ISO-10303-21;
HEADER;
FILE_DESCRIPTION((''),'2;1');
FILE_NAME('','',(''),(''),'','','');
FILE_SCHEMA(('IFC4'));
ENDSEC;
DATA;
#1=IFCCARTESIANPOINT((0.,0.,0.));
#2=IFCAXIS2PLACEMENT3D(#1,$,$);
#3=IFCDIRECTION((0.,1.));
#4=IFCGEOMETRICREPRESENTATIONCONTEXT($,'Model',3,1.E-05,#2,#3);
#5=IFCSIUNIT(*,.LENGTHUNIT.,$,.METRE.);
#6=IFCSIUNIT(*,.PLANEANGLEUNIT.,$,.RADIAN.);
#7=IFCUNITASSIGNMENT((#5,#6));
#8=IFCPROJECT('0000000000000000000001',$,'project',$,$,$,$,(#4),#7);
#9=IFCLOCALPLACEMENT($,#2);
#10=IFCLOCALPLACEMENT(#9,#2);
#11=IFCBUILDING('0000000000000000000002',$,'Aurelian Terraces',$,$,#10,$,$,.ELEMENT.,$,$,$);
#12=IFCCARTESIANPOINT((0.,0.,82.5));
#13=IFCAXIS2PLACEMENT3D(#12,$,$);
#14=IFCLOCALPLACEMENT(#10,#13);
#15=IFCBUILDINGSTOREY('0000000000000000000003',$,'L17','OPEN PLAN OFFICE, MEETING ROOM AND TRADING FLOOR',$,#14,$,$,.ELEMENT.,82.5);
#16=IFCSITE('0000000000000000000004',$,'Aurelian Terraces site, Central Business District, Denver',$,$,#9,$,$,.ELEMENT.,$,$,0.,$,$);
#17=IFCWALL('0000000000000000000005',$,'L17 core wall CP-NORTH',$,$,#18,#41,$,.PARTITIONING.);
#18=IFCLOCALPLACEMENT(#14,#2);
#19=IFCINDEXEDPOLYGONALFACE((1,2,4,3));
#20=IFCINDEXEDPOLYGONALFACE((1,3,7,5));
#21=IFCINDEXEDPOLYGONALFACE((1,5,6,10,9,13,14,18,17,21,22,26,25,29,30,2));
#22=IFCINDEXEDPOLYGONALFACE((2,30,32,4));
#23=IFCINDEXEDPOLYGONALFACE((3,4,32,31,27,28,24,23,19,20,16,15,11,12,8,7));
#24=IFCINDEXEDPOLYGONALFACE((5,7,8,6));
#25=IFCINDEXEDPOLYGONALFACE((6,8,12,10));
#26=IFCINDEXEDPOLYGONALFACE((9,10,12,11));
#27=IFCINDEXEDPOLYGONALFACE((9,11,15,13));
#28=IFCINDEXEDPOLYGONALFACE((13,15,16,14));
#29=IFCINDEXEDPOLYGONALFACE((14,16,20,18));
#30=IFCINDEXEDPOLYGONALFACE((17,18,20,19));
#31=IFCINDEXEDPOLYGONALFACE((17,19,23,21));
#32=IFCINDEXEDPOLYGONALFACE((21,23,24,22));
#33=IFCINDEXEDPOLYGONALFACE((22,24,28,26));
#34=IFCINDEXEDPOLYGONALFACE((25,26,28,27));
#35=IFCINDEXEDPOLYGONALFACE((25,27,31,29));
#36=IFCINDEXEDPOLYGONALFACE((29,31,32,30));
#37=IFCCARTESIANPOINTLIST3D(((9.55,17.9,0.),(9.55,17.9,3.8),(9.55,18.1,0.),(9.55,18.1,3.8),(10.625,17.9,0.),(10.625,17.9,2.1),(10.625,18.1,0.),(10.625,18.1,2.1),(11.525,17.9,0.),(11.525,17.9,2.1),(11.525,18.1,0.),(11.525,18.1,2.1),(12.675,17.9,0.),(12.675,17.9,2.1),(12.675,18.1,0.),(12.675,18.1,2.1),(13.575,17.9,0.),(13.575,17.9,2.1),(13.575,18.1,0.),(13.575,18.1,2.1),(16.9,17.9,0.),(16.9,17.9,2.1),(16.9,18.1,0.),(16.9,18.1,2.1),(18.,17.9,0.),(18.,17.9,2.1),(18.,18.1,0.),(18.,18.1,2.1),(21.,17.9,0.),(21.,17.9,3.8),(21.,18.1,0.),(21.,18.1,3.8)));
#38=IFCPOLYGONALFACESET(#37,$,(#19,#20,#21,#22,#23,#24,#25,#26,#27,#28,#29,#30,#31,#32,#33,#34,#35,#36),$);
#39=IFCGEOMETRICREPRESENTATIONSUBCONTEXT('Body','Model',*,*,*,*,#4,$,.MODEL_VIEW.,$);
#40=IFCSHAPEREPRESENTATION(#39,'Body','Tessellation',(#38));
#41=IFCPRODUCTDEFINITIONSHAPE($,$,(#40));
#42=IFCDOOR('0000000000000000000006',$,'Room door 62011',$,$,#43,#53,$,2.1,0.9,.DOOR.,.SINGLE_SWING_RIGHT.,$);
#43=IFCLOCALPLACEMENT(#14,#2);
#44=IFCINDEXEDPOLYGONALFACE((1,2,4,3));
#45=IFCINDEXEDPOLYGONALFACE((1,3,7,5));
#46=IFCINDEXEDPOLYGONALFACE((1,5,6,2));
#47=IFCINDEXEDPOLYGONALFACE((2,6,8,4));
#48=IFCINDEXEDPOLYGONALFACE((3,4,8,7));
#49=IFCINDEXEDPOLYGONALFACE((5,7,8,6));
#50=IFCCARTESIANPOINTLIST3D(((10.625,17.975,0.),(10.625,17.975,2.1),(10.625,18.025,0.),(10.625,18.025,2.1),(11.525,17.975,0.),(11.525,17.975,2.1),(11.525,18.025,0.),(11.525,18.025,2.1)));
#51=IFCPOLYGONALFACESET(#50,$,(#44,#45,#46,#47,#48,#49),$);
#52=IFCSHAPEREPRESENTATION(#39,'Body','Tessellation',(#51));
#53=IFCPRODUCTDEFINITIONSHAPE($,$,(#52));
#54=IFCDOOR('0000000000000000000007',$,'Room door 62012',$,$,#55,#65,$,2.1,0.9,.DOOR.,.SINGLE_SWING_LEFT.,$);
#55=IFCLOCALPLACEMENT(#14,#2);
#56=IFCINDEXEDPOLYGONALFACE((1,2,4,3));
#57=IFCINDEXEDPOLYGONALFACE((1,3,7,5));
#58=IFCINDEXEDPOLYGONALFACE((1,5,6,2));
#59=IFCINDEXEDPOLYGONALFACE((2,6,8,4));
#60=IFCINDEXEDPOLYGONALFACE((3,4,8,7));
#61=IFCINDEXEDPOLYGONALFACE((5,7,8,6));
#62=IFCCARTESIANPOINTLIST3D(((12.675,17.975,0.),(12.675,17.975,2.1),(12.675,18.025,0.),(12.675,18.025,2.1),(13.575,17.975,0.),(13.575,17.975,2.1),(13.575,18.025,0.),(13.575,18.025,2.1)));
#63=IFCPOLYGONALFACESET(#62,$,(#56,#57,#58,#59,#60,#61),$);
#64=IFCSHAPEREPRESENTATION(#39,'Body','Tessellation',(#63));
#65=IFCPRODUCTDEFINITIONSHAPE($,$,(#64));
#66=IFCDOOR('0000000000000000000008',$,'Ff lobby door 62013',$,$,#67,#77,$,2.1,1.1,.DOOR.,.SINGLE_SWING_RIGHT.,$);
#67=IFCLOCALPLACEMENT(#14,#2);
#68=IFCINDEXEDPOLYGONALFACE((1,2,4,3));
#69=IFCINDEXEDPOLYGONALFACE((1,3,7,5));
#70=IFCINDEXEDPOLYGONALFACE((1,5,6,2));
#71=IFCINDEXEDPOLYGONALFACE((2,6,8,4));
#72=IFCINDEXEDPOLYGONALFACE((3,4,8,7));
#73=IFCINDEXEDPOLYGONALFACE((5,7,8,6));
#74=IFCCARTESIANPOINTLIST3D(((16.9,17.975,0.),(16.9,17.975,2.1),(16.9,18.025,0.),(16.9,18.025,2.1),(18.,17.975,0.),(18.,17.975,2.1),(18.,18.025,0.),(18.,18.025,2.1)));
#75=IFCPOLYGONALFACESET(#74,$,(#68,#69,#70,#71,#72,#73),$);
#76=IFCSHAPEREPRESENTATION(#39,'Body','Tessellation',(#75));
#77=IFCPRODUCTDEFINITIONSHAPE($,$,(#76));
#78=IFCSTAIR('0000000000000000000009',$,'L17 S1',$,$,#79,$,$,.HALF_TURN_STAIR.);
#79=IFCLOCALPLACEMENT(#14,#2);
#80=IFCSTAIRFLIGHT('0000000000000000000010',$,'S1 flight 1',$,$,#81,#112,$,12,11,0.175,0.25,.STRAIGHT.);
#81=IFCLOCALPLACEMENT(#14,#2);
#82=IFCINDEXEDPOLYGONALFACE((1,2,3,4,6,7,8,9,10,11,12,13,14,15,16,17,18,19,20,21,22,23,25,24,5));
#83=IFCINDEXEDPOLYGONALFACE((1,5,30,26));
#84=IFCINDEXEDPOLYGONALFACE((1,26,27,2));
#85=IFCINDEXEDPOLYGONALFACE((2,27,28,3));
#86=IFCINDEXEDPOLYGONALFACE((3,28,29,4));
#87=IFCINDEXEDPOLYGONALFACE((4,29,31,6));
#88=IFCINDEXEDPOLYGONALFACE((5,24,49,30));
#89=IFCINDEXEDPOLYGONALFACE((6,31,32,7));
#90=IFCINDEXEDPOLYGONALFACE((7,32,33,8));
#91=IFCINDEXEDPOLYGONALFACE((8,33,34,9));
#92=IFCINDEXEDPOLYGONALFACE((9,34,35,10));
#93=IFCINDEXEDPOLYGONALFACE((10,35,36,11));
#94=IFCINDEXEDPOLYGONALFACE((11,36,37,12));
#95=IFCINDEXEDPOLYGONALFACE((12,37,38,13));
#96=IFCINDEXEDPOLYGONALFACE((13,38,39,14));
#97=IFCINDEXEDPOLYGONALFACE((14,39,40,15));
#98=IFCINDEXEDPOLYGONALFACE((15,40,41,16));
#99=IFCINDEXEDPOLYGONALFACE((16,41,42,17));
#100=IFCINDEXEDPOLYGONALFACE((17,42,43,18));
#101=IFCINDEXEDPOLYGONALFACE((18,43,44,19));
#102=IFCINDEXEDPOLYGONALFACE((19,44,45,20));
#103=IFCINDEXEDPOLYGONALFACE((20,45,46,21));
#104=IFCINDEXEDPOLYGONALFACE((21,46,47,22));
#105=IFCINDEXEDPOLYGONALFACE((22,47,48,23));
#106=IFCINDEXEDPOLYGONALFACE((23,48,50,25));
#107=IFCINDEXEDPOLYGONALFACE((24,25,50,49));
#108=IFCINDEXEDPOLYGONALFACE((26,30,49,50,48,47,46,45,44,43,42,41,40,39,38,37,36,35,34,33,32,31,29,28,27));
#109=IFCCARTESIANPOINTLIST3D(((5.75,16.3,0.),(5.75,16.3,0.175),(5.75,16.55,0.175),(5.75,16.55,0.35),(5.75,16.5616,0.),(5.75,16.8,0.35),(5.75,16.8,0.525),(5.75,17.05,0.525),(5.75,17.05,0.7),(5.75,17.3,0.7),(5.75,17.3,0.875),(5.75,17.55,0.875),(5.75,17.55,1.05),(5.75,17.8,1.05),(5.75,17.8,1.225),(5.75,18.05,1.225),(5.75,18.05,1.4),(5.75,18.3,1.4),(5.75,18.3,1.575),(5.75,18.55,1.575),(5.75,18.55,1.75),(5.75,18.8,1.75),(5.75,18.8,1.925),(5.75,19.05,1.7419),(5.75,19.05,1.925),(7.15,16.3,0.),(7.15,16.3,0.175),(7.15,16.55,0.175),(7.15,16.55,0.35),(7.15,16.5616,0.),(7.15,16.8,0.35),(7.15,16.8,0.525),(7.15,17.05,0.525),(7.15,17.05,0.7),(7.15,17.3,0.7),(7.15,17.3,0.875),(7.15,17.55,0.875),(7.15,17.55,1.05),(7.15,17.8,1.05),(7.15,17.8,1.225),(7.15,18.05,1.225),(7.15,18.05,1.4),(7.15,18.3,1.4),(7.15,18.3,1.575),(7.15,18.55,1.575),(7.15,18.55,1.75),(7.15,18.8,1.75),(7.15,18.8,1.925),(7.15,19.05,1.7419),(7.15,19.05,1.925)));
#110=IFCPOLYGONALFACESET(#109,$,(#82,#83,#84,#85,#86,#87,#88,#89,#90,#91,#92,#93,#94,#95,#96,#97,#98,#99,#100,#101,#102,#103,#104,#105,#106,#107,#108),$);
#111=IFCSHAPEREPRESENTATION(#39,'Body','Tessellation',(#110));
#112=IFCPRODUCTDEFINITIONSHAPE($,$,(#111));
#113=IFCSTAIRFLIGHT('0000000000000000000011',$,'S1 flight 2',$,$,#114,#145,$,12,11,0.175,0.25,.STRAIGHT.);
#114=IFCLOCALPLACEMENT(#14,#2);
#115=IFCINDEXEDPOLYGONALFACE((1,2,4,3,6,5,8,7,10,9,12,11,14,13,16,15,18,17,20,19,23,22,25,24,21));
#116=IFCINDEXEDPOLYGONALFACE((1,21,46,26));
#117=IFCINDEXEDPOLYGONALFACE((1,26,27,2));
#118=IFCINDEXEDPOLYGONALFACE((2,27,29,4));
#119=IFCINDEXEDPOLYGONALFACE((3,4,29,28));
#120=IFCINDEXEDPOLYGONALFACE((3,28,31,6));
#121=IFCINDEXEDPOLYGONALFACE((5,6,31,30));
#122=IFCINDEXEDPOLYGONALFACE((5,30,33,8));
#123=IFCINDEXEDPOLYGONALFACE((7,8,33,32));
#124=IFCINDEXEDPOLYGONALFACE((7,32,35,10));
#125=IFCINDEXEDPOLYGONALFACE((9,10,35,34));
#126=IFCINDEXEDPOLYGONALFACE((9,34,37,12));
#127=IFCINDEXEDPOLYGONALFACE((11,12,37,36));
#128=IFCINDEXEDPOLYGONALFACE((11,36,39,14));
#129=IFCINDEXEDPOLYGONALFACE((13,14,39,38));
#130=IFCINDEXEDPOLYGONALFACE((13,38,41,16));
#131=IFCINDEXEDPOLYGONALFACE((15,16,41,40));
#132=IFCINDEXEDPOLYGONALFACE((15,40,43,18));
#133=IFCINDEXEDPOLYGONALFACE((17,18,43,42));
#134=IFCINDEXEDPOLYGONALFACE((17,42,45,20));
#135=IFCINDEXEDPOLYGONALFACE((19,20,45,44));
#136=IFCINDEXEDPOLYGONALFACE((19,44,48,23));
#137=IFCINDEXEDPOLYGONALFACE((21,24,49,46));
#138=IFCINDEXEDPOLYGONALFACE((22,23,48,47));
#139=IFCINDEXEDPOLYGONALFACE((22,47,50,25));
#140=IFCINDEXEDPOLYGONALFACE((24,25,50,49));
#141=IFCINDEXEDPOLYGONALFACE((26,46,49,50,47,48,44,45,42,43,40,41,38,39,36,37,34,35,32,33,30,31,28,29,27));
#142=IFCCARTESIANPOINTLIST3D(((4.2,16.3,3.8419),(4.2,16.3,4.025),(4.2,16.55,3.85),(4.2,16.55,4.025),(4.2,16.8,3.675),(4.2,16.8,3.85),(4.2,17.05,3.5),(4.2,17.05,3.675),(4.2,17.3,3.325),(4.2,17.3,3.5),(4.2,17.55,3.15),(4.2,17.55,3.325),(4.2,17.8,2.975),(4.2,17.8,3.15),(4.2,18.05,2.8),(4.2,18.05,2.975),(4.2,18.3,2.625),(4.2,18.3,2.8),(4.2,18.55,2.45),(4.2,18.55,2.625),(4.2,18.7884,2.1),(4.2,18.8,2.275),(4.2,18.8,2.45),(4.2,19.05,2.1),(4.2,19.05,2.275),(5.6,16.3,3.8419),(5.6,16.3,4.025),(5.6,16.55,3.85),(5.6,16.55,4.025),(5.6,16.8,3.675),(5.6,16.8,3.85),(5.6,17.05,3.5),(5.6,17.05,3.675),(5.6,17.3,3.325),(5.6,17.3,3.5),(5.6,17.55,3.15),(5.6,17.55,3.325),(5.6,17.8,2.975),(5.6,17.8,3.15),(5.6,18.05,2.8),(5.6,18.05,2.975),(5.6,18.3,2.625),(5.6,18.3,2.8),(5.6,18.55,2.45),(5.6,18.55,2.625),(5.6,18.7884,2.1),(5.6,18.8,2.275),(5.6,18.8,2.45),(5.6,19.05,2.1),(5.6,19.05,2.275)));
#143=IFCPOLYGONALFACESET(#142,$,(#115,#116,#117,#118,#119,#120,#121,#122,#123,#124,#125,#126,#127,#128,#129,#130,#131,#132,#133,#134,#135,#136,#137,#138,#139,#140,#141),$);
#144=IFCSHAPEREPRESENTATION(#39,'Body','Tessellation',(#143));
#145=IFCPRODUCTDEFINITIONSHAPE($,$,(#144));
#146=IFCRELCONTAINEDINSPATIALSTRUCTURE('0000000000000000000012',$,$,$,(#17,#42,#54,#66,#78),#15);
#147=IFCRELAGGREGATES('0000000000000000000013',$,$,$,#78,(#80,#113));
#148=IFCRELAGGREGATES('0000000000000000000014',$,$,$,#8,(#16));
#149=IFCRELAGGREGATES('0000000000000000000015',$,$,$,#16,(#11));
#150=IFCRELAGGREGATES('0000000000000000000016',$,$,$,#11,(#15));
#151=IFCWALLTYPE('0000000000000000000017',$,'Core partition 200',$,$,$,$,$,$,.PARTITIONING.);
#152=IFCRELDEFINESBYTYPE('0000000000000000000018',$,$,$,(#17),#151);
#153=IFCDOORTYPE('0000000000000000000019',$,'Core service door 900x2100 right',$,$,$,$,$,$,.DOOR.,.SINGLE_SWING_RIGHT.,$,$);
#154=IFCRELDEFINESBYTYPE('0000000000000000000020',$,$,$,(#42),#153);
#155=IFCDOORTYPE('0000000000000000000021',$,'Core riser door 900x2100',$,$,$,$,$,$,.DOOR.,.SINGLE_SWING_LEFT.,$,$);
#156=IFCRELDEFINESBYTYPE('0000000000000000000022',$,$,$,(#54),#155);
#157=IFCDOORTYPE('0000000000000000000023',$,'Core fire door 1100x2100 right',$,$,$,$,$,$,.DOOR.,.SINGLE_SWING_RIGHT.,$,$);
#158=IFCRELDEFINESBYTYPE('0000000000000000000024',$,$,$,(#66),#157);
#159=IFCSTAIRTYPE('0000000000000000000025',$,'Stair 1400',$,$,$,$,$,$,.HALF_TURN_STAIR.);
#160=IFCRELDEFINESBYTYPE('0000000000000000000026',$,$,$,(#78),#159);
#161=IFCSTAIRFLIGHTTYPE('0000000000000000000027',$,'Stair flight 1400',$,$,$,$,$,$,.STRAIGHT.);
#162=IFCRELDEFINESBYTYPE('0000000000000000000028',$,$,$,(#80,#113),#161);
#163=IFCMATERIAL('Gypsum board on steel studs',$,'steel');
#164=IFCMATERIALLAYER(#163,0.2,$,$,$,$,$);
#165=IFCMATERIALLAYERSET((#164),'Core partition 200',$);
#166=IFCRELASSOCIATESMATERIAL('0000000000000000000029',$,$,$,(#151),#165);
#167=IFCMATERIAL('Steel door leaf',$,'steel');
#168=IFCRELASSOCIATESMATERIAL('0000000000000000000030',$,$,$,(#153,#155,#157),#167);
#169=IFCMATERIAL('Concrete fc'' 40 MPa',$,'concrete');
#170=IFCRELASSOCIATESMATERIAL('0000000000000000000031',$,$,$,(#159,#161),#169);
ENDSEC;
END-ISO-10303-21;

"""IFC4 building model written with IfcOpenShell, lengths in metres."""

from ifc_helpers import new_model, si_unit, direction, frame, frame_2d, origin, place, context, subcontext, project, spatial, polyline, rectangle, outline, extrude, source, transform, mapped, material, layer, layer_set, type_object, element, fill, aggregate, save


model = new_model("IFC4")

# Units and contexts
model_context = context("Model", 3, precision=1e-05, world=origin(), true_north=direction((0.0, 1.0)))
body_context = subcontext(model_context, "Body", "Model", "MODEL_VIEW")
ifc_project = project(units=[si_unit("LENGTHUNIT", "METRE"), si_unit("PLANEANGLEUNIT", "RADIAN")], contexts=[model_context])

# Site, building, storey
site_placement = place(None, origin())
site = spatial("IfcSite", under=ifc_project, at=site_placement, Name="Aurelian Terraces site, Central Business District, Denver", CompositionType="ELEMENT", RefElevation=0.0)
building_placement = place(site_placement, origin())
building = spatial("IfcBuilding", under=site, at=building_placement, Name="Aurelian Terraces", CompositionType="ELEMENT")
storey_placement = place(building_placement, frame((0.0, 0.0, 82.5)))
storey = spatial("IfcBuildingStorey", under=building, at=storey_placement, Name="L17", Description="OPEN PLAN OFFICE, MEETING ROOM AND TRADING FLOOR", CompositionType="ELEMENT", Elevation=82.5)

# Shared definitions
ifc_material_1 = material(Name="Steel door leaf", Category="steel")

# Shared definitions
ifc_material_2 = material(Name="Concrete fc' 40 MPa", Category="concrete")
ifc_material_3 = material(Name="Gypsum board on steel studs", Category="steel")
ifc_layer_1 = layer(ifc_material_3, 0.2)
ifc_layer_set_1 = layer_set([ifc_layer_1], Name="Core partition 200")
wall_type_1 = type_object("IfcWallType", Name="Core partition 200", PredefinedType="PARTITIONING", material=ifc_layer_set_1)

# Shared definitions
shared_shape_1 = source(origin(), body_context, "Body", "SweptSolid", [
    extrude(rectangle(XDim=1.1, YDim=2.1, at=frame_2d((0.55, 1.05))), frame((0.0, 0.025, 0.0), z_axis=(0.0, -1.0, 0.0), x_axis=(1.0, 0.0, 0.0)), (0.0, 0.0, 1.0), 0.05),
])

# Wall, openings, doors
shared_shape_2 = source(origin(), body_context, "Body", "SweptSolid", [
    extrude(rectangle(XDim=11.45, YDim=0.2, at=frame_2d((5.725, 0.0))), origin(), (0.0, 0.0, 1.0), 3.8),
])
wall_1_placement = place(storey_placement, frame((9.55, 18.0, 0.0), z_axis=(0.0, 0.0, 1.0), x_axis=(1.0, 0.0, 0.0)))
wall_1 = element("IfcWall", 1, at=wall_1_placement, inside=storey, type_object=wall_type_1, Name="L17 core wall CP-NORTH", PredefinedType="PARTITIONING", context=body_context, shape_type="MappedRepresentation", body=[
    mapped(shared_shape_2, transform((0.0, 0.0, 0.0), scale=1.0)),
])
shared_shape_3 = source(origin(), body_context, "Body", "SweptSolid", [
    extrude(rectangle(XDim=0.9, YDim=2.1, at=frame_2d((0.45, 1.05))), frame((0.0, 0.11, 0.0), z_axis=(0.0, -1.0, 0.0), x_axis=(1.0, 0.0, 0.0)), (0.0, 0.0, 1.0), 0.22),
])
opening_1_placement = place(wall_1_placement, frame((1.075, 0.0, 0.0)))
opening_1 = element("IfcOpeningElement", 2, at=opening_1_placement, cuts=wall_1, PredefinedType="OPENING", context=body_context, shape_type="MappedRepresentation", body=[
    mapped(shared_shape_3, transform((0.0, 0.0, 0.0), scale=1.0)),
])
opening_2_placement = place(wall_1_placement, frame((3.125, 0.0, 0.0)))
opening_2 = element("IfcOpeningElement", 3, at=opening_2_placement, cuts=wall_1, PredefinedType="OPENING", context=body_context, shape_type="MappedRepresentation", body=[
    mapped(shared_shape_3, transform((0.0, 0.0, 0.0), scale=1.0)),
])
shared_shape_4 = source(origin(), body_context, "Body", "SweptSolid", [
    extrude(rectangle(XDim=1.1, YDim=2.1, at=frame_2d((0.55, 1.05))), frame((0.0, 0.11, 0.0), z_axis=(0.0, -1.0, 0.0), x_axis=(1.0, 0.0, 0.0)), (0.0, 0.0, 1.0), 0.22),
])
opening_3_placement = place(wall_1_placement, frame((7.35, 0.0, 0.0)))
opening_3 = element("IfcOpeningElement", 4, at=opening_3_placement, cuts=wall_1, PredefinedType="OPENING", context=body_context, shape_type="MappedRepresentation", body=[
    mapped(shared_shape_4, transform((0.0, 0.0, 0.0), scale=1.0)),
])
door_type_1 = type_object("IfcDoorType", Name="Core service door 900x2100 right", OperationType="SINGLE_SWING_RIGHT", PredefinedType="DOOR", material=ifc_material_1)
shared_shape_5 = source(origin(), body_context, "Body", "SweptSolid", [
    extrude(rectangle(XDim=0.9, YDim=2.1, at=frame_2d((0.45, 1.05))), frame((0.0, 0.025, 0.0), z_axis=(0.0, -1.0, 0.0), x_axis=(1.0, 0.0, 0.0)), (0.0, 0.0, 1.0), 0.05),
])
door_1_placement = place(opening_1_placement, origin())
door_1 = element("IfcDoor", 5, at=door_1_placement, inside=storey, type_object=door_type_1, Name="Room door 62011", OperationType="SINGLE_SWING_RIGHT", OverallHeight=2.1, OverallWidth=0.9, PredefinedType="DOOR", context=body_context, shape_type="MappedRepresentation", body=[
    mapped(shared_shape_5, transform((0.0, 0.0, 0.0), scale=1.0)),
])
fill(opening_1, door_1)
door_type_2 = type_object("IfcDoorType", Name="Core riser door 900x2100", OperationType="SINGLE_SWING_LEFT", PredefinedType="DOOR", material=ifc_material_1)
door_2_placement = place(opening_2_placement, origin())
door_2 = element("IfcDoor", 6, at=door_2_placement, inside=storey, type_object=door_type_2, Name="Room door 62012", OperationType="SINGLE_SWING_LEFT", OverallHeight=2.1, OverallWidth=0.9, PredefinedType="DOOR", context=body_context, shape_type="MappedRepresentation", body=[
    mapped(shared_shape_5, transform((0.0, 0.0, 0.0), scale=1.0)),
])
fill(opening_2, door_2)
door_type_3 = type_object("IfcDoorType", Name="Core fire door 1100x2100 right", OperationType="SINGLE_SWING_RIGHT", PredefinedType="DOOR", material=ifc_material_1)
door_3_placement = place(opening_3_placement, origin())
door_3 = element("IfcDoor", 7, at=door_3_placement, inside=storey, type_object=door_type_3, Name="Ff lobby door 62013", OperationType="SINGLE_SWING_RIGHT", OverallHeight=2.1, OverallWidth=1.1, PredefinedType="DOOR", context=body_context, shape_type="MappedRepresentation", body=[
    mapped(shared_shape_1, transform((0.0, 0.0, 0.0), scale=1.0)),
])
fill(opening_3, door_3)

# Stair, stair flights
stair_type = type_object("IfcStairType", Name="Stair 1400", PredefinedType="HALF_TURN_STAIR", material=ifc_material_2)
stair_placement = place(storey_placement, origin())
stair = element("IfcStair", 8, at=stair_placement, inside=storey, type_object=stair_type, Name="L17 S1", PredefinedType="HALF_TURN_STAIR")
stair_flight_type = type_object("IfcStairFlightType", Name="Stair flight 1400", PredefinedType="STRAIGHT", material=ifc_material_2)
shared_shape_6 = source(origin(), body_context, "Body", "SweptSolid", [
    extrude(outline(polyline([(0.0, 0.0), (0.0, 0.175), (0.25, 0.175), (0.25, 0.35), (0.5, 0.35), (0.5, 0.525), (0.75, 0.525), (0.75, 0.7), (1.0, 0.7), (1.0, 0.875), (1.25, 0.875), (1.25, 1.05), (1.5, 1.05), (1.5, 1.225), (1.75, 1.225), (1.75, 1.4), (2.0, 1.4), (2.0, 1.575), (2.25, 1.575), (2.25, 1.75), (2.5, 1.75), (2.5, 1.925), (2.75, 1.925), (2.75, 2.1), (2.75, 1.7419), (0.2616, 0.0), (0.0, 0.0)])), frame((0.0, 0.7, 0.0), z_axis=(0.0, -1.0, 0.0), x_axis=(1.0, 0.0, 0.0)), (0.0, 0.0, 1.0), 1.4),
])
stair_flight_1_placement = place(storey_placement, frame((6.45, 16.3, 0.0), z_axis=(0.0, 0.0, 1.0), x_axis=(0.0, 1.0, 0.0)))
stair_flight_1 = element("IfcStairFlight", 9, at=stair_flight_1_placement, type_object=stair_flight_type, Name="S1 flight 1", NumberOfRisers=12, NumberOfTreads=11, PredefinedType="STRAIGHT", RiserHeight=0.175, TreadLength=0.25, context=body_context, shape_type="MappedRepresentation", body=[
    mapped(shared_shape_6, transform((0.0, 0.0, 0.0), scale=1.0)),
])
stair_flight_2_placement = place(storey_placement, frame((4.9, 19.05, 2.1), z_axis=(0.0, 0.0, 1.0), x_axis=(0.0, -1.0, 0.0)))
stair_flight_2 = element("IfcStairFlight", 10, at=stair_flight_2_placement, type_object=stair_flight_type, Name="S1 flight 2", NumberOfRisers=12, NumberOfTreads=11, PredefinedType="STRAIGHT", RiserHeight=0.175, TreadLength=0.25, context=body_context, shape_type="MappedRepresentation", body=[
    mapped(shared_shape_6, transform((0.0, 0.0, 0.0), scale=1.0)),
])
aggregate(stair, [stair_flight_1, stair_flight_2])

save(model, "model.ifc")
